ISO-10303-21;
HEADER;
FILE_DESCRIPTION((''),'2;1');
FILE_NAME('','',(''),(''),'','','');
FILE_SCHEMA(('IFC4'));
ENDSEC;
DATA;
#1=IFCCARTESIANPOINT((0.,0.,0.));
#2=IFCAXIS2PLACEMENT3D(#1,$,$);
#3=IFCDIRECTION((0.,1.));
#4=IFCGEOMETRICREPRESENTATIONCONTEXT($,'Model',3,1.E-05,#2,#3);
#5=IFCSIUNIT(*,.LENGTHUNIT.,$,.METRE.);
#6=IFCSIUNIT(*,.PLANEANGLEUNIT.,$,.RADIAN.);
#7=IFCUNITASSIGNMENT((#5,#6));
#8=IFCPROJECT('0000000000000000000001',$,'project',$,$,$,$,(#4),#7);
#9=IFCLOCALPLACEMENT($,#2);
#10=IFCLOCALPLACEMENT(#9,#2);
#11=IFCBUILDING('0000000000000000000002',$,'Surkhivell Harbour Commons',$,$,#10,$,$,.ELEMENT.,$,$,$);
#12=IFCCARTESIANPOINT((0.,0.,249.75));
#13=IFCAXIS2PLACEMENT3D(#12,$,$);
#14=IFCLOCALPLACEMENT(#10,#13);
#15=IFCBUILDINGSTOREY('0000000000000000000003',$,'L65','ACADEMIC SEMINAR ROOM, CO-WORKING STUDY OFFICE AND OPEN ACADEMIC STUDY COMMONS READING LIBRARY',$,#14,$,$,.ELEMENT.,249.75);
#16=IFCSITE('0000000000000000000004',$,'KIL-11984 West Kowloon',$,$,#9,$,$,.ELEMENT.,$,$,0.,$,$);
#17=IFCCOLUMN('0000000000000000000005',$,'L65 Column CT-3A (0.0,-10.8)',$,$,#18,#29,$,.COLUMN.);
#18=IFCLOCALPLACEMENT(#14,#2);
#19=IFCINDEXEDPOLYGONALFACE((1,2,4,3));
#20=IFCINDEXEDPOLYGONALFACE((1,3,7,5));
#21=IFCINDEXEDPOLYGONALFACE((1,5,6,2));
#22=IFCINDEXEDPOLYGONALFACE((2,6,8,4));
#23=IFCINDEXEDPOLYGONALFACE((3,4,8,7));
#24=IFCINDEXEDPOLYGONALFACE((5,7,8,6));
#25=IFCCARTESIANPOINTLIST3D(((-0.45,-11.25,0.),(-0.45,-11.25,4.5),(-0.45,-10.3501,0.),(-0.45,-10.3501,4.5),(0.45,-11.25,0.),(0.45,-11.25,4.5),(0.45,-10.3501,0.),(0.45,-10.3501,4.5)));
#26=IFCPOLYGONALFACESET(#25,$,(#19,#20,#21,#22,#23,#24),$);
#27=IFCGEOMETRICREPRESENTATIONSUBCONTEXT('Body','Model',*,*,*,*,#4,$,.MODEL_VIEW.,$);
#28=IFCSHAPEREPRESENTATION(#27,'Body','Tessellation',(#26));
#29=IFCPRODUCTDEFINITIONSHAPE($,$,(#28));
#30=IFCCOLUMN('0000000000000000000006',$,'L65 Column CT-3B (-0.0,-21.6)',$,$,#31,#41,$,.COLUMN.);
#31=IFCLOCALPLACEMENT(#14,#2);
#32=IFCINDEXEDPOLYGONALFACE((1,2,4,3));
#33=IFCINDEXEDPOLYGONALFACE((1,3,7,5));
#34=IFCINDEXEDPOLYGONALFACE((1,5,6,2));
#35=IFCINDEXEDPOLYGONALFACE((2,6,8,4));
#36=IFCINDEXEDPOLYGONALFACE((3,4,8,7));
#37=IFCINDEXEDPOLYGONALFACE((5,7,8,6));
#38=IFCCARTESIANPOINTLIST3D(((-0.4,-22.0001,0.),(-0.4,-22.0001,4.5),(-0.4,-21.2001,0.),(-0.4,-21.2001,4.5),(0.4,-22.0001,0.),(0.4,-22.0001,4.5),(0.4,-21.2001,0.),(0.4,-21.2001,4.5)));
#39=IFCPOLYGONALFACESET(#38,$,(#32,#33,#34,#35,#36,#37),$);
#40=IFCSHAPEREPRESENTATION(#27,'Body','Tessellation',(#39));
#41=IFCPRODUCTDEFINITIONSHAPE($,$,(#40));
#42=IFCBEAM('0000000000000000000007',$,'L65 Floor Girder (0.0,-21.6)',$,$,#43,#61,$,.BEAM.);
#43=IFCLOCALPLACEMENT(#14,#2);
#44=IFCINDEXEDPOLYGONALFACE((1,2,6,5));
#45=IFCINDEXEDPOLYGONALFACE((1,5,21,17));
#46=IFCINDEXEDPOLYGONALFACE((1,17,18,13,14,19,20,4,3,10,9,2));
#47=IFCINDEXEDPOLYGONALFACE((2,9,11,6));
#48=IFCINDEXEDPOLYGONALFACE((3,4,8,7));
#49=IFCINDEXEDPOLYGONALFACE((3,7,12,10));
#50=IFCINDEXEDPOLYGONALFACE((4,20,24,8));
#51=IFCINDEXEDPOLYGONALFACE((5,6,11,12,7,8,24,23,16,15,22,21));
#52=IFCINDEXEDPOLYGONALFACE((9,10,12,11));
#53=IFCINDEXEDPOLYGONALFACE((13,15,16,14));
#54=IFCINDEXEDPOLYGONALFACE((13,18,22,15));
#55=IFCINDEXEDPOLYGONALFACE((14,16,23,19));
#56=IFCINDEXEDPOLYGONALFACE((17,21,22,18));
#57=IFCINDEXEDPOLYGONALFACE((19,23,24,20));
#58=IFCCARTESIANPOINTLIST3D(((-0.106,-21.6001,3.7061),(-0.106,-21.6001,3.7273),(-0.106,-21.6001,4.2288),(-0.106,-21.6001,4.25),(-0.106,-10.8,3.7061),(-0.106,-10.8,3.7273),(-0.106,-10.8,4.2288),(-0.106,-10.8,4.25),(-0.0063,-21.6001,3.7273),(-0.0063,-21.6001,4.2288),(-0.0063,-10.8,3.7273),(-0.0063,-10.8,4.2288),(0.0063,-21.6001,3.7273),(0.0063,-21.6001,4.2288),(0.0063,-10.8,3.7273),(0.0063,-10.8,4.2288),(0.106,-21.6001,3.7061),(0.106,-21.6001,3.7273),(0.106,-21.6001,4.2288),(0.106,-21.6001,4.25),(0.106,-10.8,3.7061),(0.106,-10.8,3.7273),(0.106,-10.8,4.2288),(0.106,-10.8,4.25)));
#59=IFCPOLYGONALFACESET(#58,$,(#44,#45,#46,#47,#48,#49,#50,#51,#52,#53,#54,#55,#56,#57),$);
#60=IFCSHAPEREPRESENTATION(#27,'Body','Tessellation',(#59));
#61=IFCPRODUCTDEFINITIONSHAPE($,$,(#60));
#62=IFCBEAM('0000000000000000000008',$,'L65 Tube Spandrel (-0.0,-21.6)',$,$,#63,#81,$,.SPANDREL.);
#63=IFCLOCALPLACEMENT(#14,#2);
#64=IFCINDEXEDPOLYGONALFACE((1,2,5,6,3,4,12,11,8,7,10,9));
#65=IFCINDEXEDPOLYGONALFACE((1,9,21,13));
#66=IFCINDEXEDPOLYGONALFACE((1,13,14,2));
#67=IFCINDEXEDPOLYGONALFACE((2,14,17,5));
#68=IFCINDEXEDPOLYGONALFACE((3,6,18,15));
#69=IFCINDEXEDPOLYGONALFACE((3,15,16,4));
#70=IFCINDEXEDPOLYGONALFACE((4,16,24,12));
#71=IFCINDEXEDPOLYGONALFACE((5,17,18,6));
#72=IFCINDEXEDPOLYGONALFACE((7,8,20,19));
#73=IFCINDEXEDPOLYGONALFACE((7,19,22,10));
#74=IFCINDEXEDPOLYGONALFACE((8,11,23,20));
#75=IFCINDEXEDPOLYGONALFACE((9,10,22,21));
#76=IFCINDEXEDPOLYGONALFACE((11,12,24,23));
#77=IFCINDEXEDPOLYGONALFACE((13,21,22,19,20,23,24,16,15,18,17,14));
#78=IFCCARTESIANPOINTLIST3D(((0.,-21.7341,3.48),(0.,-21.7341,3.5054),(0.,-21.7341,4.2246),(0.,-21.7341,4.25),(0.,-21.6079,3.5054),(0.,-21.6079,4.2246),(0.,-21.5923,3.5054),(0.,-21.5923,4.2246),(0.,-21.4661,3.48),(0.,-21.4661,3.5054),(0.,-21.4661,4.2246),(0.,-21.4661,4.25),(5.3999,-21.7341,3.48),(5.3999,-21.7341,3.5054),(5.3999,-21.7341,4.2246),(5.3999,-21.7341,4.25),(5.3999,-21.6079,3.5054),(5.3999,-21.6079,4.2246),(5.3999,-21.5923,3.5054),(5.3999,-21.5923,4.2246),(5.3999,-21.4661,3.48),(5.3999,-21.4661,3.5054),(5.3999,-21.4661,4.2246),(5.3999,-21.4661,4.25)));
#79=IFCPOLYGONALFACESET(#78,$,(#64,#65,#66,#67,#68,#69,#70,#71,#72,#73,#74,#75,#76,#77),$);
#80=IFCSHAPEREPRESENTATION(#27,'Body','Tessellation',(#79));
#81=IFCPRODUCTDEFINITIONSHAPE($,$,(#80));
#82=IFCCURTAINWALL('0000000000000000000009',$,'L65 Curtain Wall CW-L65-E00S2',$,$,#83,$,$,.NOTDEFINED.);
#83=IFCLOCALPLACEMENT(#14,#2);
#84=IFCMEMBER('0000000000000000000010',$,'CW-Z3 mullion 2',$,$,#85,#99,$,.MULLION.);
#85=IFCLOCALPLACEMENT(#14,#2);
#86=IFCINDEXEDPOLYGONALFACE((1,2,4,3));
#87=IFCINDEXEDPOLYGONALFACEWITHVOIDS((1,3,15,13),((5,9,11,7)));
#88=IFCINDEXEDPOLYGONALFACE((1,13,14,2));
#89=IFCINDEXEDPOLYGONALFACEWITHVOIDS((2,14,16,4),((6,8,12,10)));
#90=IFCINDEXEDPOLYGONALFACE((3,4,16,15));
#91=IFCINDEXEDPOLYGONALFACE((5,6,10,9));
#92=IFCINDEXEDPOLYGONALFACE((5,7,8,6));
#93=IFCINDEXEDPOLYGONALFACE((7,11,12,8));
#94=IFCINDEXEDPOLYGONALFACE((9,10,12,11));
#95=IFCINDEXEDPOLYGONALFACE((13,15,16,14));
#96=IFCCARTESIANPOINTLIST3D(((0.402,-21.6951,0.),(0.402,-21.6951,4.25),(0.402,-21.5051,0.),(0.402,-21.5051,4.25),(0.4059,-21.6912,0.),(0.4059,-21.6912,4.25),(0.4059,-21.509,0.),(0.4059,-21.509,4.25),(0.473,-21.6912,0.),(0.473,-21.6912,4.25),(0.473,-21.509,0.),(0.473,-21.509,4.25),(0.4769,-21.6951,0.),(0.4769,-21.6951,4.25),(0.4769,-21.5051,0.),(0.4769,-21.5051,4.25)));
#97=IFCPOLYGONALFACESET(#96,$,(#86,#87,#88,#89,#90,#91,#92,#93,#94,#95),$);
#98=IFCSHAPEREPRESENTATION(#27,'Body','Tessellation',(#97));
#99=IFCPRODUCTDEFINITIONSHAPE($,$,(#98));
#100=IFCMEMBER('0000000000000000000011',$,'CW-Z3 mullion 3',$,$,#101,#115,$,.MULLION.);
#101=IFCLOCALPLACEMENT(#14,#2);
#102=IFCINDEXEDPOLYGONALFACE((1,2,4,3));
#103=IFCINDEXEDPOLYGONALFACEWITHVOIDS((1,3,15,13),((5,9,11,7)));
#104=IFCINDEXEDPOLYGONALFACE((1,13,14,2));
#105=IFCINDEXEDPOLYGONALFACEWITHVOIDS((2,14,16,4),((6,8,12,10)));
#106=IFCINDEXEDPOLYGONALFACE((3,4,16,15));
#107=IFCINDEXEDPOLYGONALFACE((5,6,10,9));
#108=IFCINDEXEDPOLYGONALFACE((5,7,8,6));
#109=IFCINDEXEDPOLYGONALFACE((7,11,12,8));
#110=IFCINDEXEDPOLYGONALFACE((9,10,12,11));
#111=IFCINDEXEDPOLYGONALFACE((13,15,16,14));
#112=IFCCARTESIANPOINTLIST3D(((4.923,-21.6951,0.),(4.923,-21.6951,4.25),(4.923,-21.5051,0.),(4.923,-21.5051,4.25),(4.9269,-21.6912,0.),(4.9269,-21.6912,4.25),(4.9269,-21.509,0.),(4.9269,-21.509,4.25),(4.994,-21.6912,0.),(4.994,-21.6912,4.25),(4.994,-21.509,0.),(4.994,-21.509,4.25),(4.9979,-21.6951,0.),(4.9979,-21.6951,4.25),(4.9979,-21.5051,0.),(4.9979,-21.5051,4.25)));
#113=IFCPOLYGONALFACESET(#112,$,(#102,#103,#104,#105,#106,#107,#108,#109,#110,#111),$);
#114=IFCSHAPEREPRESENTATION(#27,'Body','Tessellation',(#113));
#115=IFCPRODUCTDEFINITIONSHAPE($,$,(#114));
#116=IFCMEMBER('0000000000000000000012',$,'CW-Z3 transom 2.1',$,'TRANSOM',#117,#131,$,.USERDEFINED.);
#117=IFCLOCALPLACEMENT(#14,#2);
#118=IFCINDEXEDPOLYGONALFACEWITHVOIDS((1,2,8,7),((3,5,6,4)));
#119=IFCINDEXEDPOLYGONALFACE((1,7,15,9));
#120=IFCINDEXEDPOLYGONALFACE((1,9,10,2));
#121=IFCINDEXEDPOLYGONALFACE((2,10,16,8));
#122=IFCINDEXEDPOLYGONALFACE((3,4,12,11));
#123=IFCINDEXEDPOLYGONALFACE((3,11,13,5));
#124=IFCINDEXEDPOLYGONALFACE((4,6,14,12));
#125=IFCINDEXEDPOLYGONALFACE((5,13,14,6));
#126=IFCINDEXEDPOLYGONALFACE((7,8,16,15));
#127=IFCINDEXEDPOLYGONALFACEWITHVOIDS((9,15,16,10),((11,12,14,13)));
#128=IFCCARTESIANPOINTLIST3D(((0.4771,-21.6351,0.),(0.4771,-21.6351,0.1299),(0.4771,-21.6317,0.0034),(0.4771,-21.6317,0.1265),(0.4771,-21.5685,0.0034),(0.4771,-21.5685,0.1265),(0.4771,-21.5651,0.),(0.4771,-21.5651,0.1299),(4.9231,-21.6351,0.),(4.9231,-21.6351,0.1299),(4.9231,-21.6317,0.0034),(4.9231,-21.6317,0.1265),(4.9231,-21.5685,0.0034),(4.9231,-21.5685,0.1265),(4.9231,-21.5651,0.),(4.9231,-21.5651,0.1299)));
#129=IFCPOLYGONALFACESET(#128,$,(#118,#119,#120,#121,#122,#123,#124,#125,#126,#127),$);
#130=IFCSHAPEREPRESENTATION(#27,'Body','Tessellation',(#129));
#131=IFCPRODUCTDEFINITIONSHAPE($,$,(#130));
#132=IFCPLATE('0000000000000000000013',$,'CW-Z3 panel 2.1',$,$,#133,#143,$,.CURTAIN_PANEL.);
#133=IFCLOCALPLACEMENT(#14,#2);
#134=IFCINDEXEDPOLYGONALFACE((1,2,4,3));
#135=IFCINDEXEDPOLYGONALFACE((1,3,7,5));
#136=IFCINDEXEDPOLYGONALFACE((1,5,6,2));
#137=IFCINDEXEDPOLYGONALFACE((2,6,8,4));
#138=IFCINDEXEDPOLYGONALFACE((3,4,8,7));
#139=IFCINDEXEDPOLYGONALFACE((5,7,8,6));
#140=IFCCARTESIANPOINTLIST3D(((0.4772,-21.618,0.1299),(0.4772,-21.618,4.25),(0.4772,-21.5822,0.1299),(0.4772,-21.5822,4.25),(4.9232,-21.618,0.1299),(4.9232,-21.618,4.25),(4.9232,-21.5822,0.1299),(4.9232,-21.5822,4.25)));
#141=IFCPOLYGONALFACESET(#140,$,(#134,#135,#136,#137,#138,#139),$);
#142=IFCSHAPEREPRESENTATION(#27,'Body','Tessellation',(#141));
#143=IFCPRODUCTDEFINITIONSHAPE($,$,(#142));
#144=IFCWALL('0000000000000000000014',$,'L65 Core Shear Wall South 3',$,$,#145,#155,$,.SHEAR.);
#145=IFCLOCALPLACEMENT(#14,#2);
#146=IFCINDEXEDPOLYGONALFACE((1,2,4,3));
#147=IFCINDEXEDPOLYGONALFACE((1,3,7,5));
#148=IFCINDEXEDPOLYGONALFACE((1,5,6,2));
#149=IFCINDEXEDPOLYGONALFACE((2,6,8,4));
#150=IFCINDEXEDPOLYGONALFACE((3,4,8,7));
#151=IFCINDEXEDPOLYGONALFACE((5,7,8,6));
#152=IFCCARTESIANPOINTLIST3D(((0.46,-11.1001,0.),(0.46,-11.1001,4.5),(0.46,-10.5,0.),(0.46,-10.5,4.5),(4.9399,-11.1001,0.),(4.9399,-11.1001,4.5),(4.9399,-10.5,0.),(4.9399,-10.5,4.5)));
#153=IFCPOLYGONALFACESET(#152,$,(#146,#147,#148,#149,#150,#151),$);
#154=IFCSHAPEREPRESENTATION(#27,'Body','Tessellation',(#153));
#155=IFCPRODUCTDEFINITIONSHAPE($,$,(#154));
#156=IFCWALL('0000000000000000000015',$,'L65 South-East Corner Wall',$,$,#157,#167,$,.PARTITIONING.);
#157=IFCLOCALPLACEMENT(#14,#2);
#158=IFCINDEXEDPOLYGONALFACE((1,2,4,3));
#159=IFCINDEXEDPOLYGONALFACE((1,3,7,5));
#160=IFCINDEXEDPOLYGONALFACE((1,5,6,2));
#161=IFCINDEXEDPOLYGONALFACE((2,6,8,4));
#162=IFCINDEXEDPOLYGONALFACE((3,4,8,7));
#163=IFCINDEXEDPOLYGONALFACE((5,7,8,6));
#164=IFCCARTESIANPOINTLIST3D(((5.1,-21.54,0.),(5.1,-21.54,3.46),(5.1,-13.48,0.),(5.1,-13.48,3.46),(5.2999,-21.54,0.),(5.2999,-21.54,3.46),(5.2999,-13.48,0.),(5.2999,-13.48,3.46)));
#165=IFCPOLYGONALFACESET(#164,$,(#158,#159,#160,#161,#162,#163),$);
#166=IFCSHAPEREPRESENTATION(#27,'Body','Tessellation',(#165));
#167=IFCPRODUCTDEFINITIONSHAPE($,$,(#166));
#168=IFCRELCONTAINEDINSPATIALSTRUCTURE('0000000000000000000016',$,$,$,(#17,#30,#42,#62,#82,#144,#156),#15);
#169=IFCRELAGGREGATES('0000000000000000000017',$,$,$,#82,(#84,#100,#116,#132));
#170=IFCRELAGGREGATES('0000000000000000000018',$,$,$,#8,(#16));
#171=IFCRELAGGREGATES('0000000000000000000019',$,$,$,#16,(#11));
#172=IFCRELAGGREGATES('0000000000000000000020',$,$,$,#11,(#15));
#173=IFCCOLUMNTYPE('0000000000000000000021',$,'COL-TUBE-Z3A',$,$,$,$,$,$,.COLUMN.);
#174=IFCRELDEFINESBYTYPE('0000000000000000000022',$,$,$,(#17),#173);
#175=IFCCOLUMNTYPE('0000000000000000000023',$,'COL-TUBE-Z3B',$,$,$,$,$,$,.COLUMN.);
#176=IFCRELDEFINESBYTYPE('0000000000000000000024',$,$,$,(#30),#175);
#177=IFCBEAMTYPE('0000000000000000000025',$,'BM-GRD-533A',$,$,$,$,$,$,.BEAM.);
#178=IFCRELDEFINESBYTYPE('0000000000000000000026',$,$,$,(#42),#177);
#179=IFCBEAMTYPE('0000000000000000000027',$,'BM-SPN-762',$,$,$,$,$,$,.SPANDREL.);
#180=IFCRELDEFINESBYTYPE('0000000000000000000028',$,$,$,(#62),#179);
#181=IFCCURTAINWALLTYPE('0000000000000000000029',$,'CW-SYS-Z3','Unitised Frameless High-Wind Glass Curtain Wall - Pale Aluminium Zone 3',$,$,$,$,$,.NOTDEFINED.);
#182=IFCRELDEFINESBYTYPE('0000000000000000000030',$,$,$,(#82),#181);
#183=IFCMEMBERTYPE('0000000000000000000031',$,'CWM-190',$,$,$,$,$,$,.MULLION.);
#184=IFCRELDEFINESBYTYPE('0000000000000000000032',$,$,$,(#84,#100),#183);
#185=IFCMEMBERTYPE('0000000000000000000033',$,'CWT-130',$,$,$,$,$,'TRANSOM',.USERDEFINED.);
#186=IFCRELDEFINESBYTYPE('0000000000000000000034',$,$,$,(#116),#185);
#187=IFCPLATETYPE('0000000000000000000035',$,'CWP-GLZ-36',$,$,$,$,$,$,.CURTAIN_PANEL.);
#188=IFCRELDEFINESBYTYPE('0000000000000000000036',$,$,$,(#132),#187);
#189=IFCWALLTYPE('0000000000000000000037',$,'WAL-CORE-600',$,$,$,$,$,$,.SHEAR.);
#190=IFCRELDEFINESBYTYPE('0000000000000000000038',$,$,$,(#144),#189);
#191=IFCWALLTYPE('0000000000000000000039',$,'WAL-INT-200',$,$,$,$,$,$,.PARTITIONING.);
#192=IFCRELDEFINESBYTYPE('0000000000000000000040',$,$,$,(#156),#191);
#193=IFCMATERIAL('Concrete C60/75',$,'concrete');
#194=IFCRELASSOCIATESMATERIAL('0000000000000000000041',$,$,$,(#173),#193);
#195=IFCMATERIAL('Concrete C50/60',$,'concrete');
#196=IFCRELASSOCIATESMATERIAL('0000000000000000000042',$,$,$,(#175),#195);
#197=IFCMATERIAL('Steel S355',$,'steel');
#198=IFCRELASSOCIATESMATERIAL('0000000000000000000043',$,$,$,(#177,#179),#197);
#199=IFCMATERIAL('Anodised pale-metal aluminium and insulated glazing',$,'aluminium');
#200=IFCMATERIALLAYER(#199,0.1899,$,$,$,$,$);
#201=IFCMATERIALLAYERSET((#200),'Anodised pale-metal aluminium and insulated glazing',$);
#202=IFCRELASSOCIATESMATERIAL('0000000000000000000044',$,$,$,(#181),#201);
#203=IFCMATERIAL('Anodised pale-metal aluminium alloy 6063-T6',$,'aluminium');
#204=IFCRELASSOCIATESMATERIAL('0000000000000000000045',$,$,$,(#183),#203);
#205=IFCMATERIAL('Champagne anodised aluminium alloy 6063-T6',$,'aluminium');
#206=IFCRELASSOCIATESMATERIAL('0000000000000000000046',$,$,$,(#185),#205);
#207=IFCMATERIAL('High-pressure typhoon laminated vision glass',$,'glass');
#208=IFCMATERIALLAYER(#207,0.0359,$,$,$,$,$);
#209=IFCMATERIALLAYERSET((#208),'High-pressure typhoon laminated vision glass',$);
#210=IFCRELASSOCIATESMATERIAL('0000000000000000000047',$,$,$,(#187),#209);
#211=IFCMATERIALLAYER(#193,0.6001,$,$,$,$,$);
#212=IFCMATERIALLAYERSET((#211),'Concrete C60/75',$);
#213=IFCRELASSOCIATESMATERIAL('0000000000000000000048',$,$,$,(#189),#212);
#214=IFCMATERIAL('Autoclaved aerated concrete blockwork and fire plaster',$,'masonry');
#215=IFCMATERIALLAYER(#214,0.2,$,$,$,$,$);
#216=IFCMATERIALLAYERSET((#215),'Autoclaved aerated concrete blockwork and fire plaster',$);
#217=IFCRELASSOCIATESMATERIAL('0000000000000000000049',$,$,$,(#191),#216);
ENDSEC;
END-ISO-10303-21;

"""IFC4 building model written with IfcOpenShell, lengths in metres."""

from ifc_helpers import new_model, si_unit, direction, frame, frame_2d, origin, origin_2d, place, context, subcontext, project, spatial, rectangle, hollow_rectangle, i_section, extrude, material, layer, layer_set, material_profile, profile_set, type_object, element, aggregate, save


model = new_model("IFC4")

# Units and contexts
model_context = context("Model", 3, precision=1e-05, world=origin(), true_north=direction((0.0, 1.0)))
body_context = subcontext(model_context, "Body", "Model", "MODEL_VIEW")
ifc_project = project(units=[si_unit("LENGTHUNIT", "METRE"), si_unit("PLANEANGLEUNIT", "RADIAN")], contexts=[model_context])

# Site, building, storey
site_placement = place(None, origin())
site = spatial("IfcSite", under=ifc_project, at=site_placement, Name="KIL-11984 West Kowloon", CompositionType="ELEMENT", RefElevation=0.0)
building_placement = place(site_placement, origin())
building = spatial("IfcBuilding", under=site, at=building_placement, Name="Surkhivell Harbour Commons", CompositionType="ELEMENT")
storey_placement = place(building_placement, frame((0.0, 0.0, 249.75)))
storey = spatial("IfcBuildingStorey", under=building, at=storey_placement, Name="L65", Description="ACADEMIC SEMINAR ROOM, CO-WORKING STUDY OFFICE AND OPEN ACADEMIC STUDY COMMONS READING LIBRARY", CompositionType="ELEMENT", Elevation=249.75)

# Columns
ifc_material_1 = material(Name="Concrete C60/75", Category="concrete")
ifc_material_profile_1 = material_profile(ifc_material_1, rectangle(XDim=0.8999, YDim=0.8999, at=origin_2d()), Name="RC-COL-900x900")
ifc_profile_set_1 = profile_set([ifc_material_profile_1], Name="Concrete C60/75")
column_type_1 = type_object("IfcColumnType", Name="COL-TUBE-Z3A", PredefinedType="COLUMN", material=ifc_profile_set_1)
column_1_placement = place(storey_placement, frame((0.0, -10.8, 0.0), z_axis=(0.0, 0.0, 1.0), x_axis=(1.0, 0.0, 0.0)))
element("IfcColumn", 1, at=column_1_placement, inside=storey, type_object=column_type_1, Name="L65 Column CT-3A (0.0,-10.8)", PredefinedType="COLUMN", context=body_context, shape_type="SweptSolid", body=[
    extrude(rectangle(XDim=0.8999, YDim=0.8999, at=origin_2d()), origin(), (0.0, 0.0, 1.0), 4.5),
])
ifc_material_2 = material(Name="Concrete C50/60", Category="concrete")
ifc_material_profile_2 = material_profile(ifc_material_2, rectangle(XDim=0.8, YDim=0.8, at=origin_2d()), Name="RC-COL-800x800")
ifc_profile_set_2 = profile_set([ifc_material_profile_2], Name="Concrete C50/60")
column_type_2 = type_object("IfcColumnType", Name="COL-TUBE-Z3B", PredefinedType="COLUMN", material=ifc_profile_set_2)
column_2_placement = place(storey_placement, frame((0.0, -21.6001, 0.0), z_axis=(0.0, 0.0, 1.0), x_axis=(1.0, 0.0, 0.0)))
element("IfcColumn", 2, at=column_2_placement, inside=storey, type_object=column_type_2, Name="L65 Column CT-3B (-0.0,-21.6)", PredefinedType="COLUMN", context=body_context, shape_type="SweptSolid", body=[
    extrude(rectangle(XDim=0.8, YDim=0.8, at=origin_2d()), origin(), (0.0, 0.0, 1.0), 4.5),
])

# Beams
ifc_material_3 = material(Name="Steel S355", Category="steel")
ifc_material_profile_3 = material_profile(ifc_material_3, i_section(OverallWidth=0.2119, OverallDepth=0.5439, WebThickness=0.0127, FlangeThickness=0.0212, at=origin_2d()), Name="UB533x210x122")
ifc_profile_set_3 = profile_set([ifc_material_profile_3], Name="Steel S355")
beam_type_1 = type_object("IfcBeamType", Name="BM-GRD-533A", PredefinedType="BEAM", material=ifc_profile_set_3)
beam_1_placement = place(storey_placement, frame((0.0, -21.6001, 3.978), z_axis=(0.0, 1.0, 0.0), x_axis=(-1.0, 0.0, 0.0)))
element("IfcBeam", 3, at=beam_1_placement, inside=storey, type_object=beam_type_1, Name="L65 Floor Girder (0.0,-21.6)", PredefinedType="BEAM", context=body_context, shape_type="SweptSolid", body=[
    extrude(i_section(OverallWidth=0.2119, OverallDepth=0.5439, WebThickness=0.0127, FlangeThickness=0.0212, at=origin_2d()), origin(), (0.0, 0.0, 1.0), 10.8),
])
ifc_material_profile_4 = material_profile(ifc_material_3, i_section(OverallWidth=0.2681, OverallDepth=0.77, WebThickness=0.0156, FlangeThickness=0.0254, at=origin_2d()), Name="UB762x267x197")
ifc_profile_set_4 = profile_set([ifc_material_profile_4], Name="Steel S355")
beam_type_2 = type_object("IfcBeamType", Name="BM-SPN-762", PredefinedType="SPANDREL", material=ifc_profile_set_4)
beam_2_placement = place(storey_placement, frame((0.0, -21.6001, 3.865), z_axis=(1.0, 0.0, 0.0), x_axis=(0.0, 1.0, 0.0)))
element("IfcBeam", 4, at=beam_2_placement, inside=storey, type_object=beam_type_2, Name="L65 Tube Spandrel (-0.0,-21.6)", PredefinedType="SPANDREL", context=body_context, shape_type="SweptSolid", body=[
    extrude(i_section(OverallWidth=0.2681, OverallDepth=0.77, WebThickness=0.0156, FlangeThickness=0.0254, at=origin_2d()), origin(), (0.0, 0.0, 1.0), 5.3999),
])

# Curtain wall, members, plate
ifc_material_4 = material(Name="Anodised pale-metal aluminium and insulated glazing", Category="aluminium")
ifc_layer_1 = layer(ifc_material_4, 0.1899)
ifc_layer_set_1 = layer_set([ifc_layer_1], Name="Anodised pale-metal aluminium and insulated glazing")
curtain_wall_type = type_object("IfcCurtainWallType", Name="CW-SYS-Z3", Description="Unitised Frameless High-Wind Glass Curtain Wall - Pale Aluminium Zone 3", PredefinedType="NOTDEFINED", material=ifc_layer_set_1)
curtain_wall_placement = place(storey_placement, origin())
curtain_wall = element("IfcCurtainWall", 5, at=curtain_wall_placement, inside=storey, type_object=curtain_wall_type, Name="L65 Curtain Wall CW-L65-E00S2", PredefinedType="NOTDEFINED")
ifc_material_5 = material(Name="Anodised pale-metal aluminium alloy 6063-T6", Category="aluminium")
ifc_material_profile_5 = material_profile(ifc_material_5, hollow_rectangle(XDim=0.075, YDim=0.1899, WallThickness=0.0039, at=origin_2d()), Name="ALU-MULL-75x190")
ifc_profile_set_5 = profile_set([ifc_material_profile_5], Name="Anodised pale-metal aluminium alloy 6063-T6")
member_type_1 = type_object("IfcMemberType", Name="CWM-190", PredefinedType="MULLION", material=ifc_profile_set_5)
member_1_placement = place(storey_placement, frame((0.4395, -21.6001, 0.0), z_axis=(0.0, 0.0, 1.0), x_axis=(1.0, 0.0, 0.0)))
member_1 = element("IfcMember", 6, at=member_1_placement, type_object=member_type_1, Name="CW-Z3 mullion 2", PredefinedType="MULLION", context=body_context, shape_type="SweptSolid", body=[
    extrude(hollow_rectangle(XDim=0.075, YDim=0.1899, WallThickness=0.0039, at=origin_2d()), origin(), (0.0, 0.0, 1.0), 4.25),
])
member_2_placement = place(storey_placement, frame((4.9604, -21.6001, 0.0), z_axis=(0.0, 0.0, 1.0), x_axis=(1.0, 0.0, 0.0)))
member_2 = element("IfcMember", 7, at=member_2_placement, type_object=member_type_1, Name="CW-Z3 mullion 3", PredefinedType="MULLION", context=body_context, shape_type="SweptSolid", body=[
    extrude(hollow_rectangle(XDim=0.075, YDim=0.1899, WallThickness=0.0039, at=origin_2d()), origin(), (0.0, 0.0, 1.0), 4.25),
])
ifc_material_6 = material(Name="Champagne anodised aluminium alloy 6063-T6", Category="aluminium")
ifc_material_profile_6 = material_profile(ifc_material_6, hollow_rectangle(XDim=0.0701, YDim=0.1299, WallThickness=0.0034, at=origin_2d()), Name="ALU-TRAN-70x130")
ifc_profile_set_6 = profile_set([ifc_material_profile_6], Name="Champagne anodised aluminium alloy 6063-T6")
member_type_2 = type_object("IfcMemberType", Name="CWT-130", ElementType="TRANSOM", PredefinedType="USERDEFINED", material=ifc_profile_set_6)
member_3_placement = place(storey_placement, frame((0.4771, -21.6001, 0.0649), z_axis=(1.0, 0.0, 0.0), x_axis=(0.0, 1.0, 0.0)))
member_3 = element("IfcMember", 8, at=member_3_placement, type_object=member_type_2, Name="CW-Z3 transom 2.1", ObjectType="TRANSOM", PredefinedType="USERDEFINED", context=body_context, shape_type="SweptSolid", body=[
    extrude(hollow_rectangle(XDim=0.0701, YDim=0.1299, WallThickness=0.0034, at=origin_2d()), origin(), (0.0, 0.0, 1.0), 4.446),
])
ifc_material_7 = material(Name="High-pressure typhoon laminated vision glass", Category="glass")
ifc_layer_2 = layer(ifc_material_7, 0.0359)
ifc_layer_set_2 = layer_set([ifc_layer_2], Name="High-pressure typhoon laminated vision glass")
plate_type = type_object("IfcPlateType", Name="CWP-GLZ-36", PredefinedType="CURTAIN_PANEL", material=ifc_layer_set_2)
plate_placement = place(storey_placement, frame((0.4771, -21.6001, 0.1299), z_axis=(0.0, 0.0, 1.0), x_axis=(1.0, 0.0, 0.0)))
plate = element("IfcPlate", 9, at=plate_placement, type_object=plate_type, Name="CW-Z3 panel 2.1", PredefinedType="CURTAIN_PANEL", context=body_context, shape_type="SweptSolid", body=[
    extrude(rectangle(XDim=4.446, YDim=0.0359, at=frame_2d((2.2231, 0.0))), origin(), (0.0, 0.0, 1.0), 4.1201),
])
aggregate(curtain_wall, [member_1, member_2, member_3, plate])

# Walls
ifc_layer_3 = layer(ifc_material_1, 0.6001)
ifc_layer_set_3 = layer_set([ifc_layer_3], Name="Concrete C60/75")
wall_type_1 = type_object("IfcWallType", Name="WAL-CORE-600", PredefinedType="SHEAR", material=ifc_layer_set_3)
wall_1_placement = place(storey_placement, frame((0.46, -10.8, 0.0), z_axis=(0.0, 0.0, 1.0), x_axis=(1.0, 0.0, 0.0)))
element("IfcWall", 10, at=wall_1_placement, inside=storey, type_object=wall_type_1, Name="L65 Core Shear Wall South 3", PredefinedType="SHEAR", context=body_context, shape_type="SweptSolid", body=[
    extrude(rectangle(XDim=4.48, YDim=0.6001, at=frame_2d((2.24, 0.0))), origin(), (0.0, 0.0, 1.0), 4.5),
])
ifc_material_8 = material(Name="Autoclaved aerated concrete blockwork and fire plaster", Category="masonry")
ifc_layer_4 = layer(ifc_material_8, 0.2)
ifc_layer_set_4 = layer_set([ifc_layer_4], Name="Autoclaved aerated concrete blockwork and fire plaster")
wall_type_2 = type_object("IfcWallType", Name="WAL-INT-200", PredefinedType="PARTITIONING", material=ifc_layer_set_4)
wall_2_placement = place(storey_placement, frame((5.2, -21.54, 0.0), z_axis=(0.0, 0.0, 1.0), x_axis=(0.0, 1.0, 0.0)))
element("IfcWall", 11, at=wall_2_placement, inside=storey, type_object=wall_type_2, Name="L65 South-East Corner Wall", PredefinedType="PARTITIONING", context=body_context, shape_type="SweptSolid", body=[
    extrude(rectangle(XDim=8.0601, YDim=0.2, at=frame_2d((4.03, 0.0))), origin(), (0.0, 0.0, 1.0), 3.46),
])

save(model, "model.ifc")
